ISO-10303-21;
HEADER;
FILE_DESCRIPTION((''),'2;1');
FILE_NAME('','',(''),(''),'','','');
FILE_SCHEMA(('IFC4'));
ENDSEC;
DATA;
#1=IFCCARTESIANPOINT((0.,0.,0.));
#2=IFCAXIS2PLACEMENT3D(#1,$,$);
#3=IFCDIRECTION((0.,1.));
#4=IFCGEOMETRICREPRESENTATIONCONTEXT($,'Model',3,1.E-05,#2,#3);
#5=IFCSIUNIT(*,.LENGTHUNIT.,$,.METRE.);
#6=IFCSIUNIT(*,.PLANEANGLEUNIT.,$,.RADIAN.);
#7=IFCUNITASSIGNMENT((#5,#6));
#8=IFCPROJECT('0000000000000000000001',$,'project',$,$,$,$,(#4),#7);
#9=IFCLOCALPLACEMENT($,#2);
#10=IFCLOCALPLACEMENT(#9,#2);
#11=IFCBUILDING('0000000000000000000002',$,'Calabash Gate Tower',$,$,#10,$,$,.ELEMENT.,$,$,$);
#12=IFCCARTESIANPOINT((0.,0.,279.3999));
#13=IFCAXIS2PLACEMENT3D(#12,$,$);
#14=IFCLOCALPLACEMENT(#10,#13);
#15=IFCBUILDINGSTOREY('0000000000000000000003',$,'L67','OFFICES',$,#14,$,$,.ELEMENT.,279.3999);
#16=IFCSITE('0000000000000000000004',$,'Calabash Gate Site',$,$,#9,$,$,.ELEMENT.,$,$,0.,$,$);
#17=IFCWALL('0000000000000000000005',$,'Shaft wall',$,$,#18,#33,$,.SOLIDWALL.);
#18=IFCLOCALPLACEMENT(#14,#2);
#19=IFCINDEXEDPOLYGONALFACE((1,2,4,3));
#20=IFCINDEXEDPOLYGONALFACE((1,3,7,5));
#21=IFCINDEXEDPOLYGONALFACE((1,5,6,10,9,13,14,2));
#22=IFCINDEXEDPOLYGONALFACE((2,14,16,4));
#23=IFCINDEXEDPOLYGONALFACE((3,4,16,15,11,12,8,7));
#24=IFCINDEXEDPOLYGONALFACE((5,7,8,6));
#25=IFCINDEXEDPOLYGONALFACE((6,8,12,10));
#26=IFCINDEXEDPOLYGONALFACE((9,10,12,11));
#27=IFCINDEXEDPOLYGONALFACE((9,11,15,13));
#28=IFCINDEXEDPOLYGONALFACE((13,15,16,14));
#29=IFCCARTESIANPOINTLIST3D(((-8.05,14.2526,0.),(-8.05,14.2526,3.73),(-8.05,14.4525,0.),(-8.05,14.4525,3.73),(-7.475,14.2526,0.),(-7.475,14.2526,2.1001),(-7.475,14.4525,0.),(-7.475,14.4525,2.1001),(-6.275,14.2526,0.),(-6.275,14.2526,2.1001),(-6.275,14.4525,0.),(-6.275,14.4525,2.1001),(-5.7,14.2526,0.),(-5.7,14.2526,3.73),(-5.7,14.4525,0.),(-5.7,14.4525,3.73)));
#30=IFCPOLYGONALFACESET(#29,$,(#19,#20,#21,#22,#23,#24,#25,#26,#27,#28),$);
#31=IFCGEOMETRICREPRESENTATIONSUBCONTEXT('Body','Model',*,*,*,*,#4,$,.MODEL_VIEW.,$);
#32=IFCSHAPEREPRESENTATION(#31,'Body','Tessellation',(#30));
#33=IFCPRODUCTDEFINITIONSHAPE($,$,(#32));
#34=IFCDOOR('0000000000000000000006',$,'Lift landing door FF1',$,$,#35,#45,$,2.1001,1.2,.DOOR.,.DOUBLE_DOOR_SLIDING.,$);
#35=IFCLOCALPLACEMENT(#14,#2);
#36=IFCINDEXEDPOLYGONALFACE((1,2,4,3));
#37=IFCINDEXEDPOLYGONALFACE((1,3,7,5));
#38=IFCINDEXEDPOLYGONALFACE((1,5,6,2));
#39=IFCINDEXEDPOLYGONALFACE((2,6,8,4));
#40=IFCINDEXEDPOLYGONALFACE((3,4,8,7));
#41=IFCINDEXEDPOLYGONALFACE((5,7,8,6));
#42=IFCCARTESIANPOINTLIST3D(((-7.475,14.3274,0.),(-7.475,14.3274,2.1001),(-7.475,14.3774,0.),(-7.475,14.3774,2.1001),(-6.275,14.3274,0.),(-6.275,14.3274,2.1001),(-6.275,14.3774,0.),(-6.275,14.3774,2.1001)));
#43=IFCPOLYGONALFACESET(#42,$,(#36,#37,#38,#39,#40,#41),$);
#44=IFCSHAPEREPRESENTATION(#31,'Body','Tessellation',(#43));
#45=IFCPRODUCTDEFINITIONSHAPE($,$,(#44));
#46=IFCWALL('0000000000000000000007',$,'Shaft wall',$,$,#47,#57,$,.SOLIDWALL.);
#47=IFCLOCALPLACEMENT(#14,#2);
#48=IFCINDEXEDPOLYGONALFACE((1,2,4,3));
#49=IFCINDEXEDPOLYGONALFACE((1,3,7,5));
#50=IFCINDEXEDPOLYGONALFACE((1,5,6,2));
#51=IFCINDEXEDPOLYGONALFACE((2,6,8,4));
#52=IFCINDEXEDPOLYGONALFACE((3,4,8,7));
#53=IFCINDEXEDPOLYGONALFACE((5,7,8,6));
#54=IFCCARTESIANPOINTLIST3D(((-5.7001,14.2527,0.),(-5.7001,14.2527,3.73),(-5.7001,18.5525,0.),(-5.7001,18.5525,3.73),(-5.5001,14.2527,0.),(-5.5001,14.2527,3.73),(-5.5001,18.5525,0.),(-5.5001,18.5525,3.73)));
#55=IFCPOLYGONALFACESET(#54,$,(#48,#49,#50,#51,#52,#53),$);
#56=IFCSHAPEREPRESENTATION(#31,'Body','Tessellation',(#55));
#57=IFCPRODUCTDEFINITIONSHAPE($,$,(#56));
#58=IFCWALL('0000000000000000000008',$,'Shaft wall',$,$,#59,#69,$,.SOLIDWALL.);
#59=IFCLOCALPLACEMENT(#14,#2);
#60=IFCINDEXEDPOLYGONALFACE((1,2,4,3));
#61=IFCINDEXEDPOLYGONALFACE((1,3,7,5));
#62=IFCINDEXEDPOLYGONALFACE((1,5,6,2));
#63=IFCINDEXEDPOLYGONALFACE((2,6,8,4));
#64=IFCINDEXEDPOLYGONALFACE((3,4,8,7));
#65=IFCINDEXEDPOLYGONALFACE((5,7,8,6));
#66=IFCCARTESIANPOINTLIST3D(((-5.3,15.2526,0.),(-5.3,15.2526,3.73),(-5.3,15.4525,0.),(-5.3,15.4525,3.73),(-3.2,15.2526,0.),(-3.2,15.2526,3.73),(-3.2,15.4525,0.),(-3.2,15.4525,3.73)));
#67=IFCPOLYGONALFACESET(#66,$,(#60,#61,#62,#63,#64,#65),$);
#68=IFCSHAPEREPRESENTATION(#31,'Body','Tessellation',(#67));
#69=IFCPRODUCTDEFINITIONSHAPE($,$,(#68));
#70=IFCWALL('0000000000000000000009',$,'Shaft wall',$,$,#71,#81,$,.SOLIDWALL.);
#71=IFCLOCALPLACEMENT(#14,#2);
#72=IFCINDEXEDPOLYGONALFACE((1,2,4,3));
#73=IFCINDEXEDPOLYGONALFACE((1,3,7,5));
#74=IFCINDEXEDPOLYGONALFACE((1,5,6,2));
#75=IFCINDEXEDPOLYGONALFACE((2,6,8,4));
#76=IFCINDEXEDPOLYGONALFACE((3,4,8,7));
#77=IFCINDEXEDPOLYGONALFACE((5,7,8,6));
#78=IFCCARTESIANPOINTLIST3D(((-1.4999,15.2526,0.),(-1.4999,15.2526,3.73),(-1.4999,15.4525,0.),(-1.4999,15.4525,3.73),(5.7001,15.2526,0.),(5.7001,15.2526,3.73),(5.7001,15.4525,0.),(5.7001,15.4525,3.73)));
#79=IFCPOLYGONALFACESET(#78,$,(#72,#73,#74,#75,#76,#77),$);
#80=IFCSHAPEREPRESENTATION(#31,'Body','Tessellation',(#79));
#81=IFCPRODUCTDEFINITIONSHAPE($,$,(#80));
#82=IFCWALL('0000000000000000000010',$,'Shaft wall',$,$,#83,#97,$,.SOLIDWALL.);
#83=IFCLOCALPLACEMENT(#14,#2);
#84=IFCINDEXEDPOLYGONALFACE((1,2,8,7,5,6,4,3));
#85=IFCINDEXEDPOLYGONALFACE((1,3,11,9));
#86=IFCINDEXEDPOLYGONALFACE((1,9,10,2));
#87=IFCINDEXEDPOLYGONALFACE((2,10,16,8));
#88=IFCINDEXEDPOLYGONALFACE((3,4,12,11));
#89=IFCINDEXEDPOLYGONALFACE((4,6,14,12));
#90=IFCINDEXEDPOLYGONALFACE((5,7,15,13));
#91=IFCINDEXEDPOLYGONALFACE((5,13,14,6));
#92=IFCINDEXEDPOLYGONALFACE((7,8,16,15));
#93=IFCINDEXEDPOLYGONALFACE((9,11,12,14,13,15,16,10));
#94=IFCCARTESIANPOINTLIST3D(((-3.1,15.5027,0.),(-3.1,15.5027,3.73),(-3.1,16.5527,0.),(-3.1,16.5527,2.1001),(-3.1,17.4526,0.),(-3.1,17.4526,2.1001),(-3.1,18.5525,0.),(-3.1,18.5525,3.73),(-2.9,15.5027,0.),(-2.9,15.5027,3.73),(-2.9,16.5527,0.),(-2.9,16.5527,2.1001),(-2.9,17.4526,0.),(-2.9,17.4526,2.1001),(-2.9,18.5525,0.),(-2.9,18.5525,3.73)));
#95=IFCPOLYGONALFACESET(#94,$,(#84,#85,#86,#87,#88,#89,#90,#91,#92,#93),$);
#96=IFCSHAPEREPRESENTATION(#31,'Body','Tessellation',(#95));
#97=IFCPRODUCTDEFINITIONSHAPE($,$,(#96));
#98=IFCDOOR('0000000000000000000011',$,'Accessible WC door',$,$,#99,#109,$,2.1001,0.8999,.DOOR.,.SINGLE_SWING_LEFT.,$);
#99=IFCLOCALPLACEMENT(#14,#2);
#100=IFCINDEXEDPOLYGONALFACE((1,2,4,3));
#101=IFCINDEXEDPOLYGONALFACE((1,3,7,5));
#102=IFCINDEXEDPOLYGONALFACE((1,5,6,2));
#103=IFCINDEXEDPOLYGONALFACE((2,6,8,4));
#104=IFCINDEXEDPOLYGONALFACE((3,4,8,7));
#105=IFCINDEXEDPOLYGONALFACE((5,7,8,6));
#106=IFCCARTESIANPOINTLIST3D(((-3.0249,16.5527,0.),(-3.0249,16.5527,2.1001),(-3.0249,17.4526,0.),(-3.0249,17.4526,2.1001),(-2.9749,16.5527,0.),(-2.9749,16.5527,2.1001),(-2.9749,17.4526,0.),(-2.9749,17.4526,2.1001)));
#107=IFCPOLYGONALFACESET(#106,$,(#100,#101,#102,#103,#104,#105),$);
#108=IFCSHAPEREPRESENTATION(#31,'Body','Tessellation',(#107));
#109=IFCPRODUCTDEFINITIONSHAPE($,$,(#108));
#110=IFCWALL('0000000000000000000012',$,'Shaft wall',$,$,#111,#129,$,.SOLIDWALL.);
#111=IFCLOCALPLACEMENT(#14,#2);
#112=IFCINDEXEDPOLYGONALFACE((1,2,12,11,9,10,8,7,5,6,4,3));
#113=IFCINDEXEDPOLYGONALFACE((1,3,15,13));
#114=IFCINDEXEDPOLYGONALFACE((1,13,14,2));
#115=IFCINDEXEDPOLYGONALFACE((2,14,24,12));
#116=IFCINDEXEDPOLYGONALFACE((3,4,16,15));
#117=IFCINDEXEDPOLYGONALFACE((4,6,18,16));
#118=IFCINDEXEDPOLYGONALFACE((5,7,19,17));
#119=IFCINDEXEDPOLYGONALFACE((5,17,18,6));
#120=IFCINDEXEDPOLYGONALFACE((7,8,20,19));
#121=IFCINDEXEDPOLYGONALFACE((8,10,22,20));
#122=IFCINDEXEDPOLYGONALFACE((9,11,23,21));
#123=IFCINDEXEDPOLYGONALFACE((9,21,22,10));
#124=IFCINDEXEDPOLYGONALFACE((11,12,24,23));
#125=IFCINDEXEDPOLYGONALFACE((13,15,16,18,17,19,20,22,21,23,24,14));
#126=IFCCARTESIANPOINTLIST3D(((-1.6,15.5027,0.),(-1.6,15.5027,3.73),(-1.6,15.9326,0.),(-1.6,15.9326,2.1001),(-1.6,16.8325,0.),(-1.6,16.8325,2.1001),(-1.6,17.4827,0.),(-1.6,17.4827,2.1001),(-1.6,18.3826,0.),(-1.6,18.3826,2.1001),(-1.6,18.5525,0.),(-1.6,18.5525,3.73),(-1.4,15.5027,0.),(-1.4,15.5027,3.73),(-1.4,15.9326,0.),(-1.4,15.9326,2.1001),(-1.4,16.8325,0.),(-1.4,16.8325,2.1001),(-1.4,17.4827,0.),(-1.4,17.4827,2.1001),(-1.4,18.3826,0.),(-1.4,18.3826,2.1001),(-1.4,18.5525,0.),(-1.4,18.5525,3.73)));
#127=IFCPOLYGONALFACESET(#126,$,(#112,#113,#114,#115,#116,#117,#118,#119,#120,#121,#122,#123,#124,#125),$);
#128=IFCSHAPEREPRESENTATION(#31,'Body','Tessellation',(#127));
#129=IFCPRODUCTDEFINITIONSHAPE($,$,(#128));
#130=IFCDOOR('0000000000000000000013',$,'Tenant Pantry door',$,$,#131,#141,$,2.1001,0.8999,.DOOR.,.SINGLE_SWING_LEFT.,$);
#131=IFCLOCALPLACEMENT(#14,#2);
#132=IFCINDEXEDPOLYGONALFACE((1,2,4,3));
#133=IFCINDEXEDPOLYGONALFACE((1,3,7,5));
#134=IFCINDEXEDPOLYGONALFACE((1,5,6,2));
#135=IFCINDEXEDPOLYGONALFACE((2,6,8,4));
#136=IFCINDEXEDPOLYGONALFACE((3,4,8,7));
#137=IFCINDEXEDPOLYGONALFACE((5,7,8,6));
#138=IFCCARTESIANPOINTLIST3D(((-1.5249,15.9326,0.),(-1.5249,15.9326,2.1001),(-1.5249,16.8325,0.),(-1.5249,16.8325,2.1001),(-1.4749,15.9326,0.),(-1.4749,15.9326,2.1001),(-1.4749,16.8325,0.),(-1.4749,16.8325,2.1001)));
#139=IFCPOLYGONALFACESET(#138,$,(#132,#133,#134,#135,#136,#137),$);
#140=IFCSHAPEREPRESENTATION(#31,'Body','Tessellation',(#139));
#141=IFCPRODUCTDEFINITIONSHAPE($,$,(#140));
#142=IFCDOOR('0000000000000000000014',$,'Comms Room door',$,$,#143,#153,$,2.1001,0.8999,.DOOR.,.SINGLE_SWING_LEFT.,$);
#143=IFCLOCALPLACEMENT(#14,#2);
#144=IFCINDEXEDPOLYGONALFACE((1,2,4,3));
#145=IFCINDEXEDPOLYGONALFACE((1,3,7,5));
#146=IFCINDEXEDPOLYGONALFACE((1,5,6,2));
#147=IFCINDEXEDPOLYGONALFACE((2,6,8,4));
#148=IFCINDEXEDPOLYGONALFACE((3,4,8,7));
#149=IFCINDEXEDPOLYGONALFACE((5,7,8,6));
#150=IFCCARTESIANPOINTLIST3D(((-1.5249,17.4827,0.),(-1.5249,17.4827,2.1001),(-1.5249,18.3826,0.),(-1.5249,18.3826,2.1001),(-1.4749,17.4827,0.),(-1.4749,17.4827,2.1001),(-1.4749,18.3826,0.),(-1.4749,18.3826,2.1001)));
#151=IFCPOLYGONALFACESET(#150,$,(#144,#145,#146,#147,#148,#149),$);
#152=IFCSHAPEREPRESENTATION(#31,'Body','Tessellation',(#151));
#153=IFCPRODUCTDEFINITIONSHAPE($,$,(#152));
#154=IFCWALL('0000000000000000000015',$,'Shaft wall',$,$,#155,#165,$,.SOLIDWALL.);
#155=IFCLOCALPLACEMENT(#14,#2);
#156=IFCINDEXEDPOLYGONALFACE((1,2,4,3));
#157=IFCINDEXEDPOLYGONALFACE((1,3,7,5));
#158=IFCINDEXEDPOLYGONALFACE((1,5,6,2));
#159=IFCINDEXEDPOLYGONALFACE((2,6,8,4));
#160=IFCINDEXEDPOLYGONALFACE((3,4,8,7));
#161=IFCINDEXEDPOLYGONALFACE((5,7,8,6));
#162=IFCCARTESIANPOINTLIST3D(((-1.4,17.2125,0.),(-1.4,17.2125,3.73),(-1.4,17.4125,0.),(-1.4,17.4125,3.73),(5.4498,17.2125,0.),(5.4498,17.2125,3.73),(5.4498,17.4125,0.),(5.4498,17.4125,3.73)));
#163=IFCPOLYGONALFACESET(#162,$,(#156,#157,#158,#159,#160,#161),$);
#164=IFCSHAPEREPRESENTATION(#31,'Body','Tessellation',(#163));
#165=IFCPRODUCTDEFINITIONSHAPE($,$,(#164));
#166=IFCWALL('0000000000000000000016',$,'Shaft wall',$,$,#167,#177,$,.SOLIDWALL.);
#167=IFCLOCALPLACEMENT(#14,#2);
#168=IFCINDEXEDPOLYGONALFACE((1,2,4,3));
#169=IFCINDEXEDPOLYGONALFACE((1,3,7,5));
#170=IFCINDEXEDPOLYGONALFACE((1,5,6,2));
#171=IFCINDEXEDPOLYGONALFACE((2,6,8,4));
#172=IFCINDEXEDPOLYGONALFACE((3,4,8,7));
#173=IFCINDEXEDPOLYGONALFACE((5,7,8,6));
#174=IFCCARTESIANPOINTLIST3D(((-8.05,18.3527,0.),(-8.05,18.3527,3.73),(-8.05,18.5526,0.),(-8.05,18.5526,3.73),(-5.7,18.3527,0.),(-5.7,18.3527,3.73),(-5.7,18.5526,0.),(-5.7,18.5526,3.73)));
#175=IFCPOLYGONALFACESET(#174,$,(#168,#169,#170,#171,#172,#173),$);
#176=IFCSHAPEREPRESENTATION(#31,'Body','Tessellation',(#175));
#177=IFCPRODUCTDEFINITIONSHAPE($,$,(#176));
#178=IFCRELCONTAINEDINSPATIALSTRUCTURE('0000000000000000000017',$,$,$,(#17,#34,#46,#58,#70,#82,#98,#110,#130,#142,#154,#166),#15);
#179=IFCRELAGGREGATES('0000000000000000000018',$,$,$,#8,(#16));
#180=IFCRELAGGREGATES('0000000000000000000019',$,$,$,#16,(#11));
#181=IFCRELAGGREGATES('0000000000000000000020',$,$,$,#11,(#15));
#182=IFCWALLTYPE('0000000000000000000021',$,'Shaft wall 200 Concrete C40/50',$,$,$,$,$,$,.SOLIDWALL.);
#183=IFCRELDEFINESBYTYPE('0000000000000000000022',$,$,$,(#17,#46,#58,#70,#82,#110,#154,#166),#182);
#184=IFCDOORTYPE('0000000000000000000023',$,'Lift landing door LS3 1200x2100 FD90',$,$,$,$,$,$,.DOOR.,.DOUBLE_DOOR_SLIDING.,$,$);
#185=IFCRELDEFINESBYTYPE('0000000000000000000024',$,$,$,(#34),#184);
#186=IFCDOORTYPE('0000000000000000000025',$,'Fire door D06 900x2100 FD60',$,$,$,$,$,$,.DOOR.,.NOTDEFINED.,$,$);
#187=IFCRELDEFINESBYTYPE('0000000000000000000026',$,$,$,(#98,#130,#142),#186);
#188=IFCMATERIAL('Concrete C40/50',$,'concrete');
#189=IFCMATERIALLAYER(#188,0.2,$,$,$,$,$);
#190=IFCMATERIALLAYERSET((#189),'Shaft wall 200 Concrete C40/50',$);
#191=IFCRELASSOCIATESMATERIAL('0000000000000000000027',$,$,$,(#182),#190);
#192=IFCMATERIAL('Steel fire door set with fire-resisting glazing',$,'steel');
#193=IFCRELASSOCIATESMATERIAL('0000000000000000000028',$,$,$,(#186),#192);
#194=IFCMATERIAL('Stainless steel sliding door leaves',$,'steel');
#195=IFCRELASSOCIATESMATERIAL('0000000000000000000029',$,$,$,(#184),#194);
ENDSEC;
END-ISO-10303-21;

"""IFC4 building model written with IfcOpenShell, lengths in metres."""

from ifc_helpers import new_model, si_unit, direction, frame, frame_2d, origin, place, context, subcontext, project, spatial, rectangle, extrude, material, layer, layer_set, type_object, element, fill, save


model = new_model("IFC4")

# Units and contexts
model_context = context("Model", 3, precision=1e-05, world=origin(), true_north=direction((0.0, 1.0)))
body_context = subcontext(model_context, "Body", "Model", "MODEL_VIEW")
ifc_project = project(units=[si_unit("LENGTHUNIT", "METRE"), si_unit("PLANEANGLEUNIT", "RADIAN")], contexts=[model_context])

# Site, building, storey
site_placement = place(None, origin())
site = spatial("IfcSite", under=ifc_project, at=site_placement, Name="Calabash Gate Site", CompositionType="ELEMENT", RefElevation=0.0)
building_placement = place(site_placement, origin())
building = spatial("IfcBuilding", under=site, at=building_placement, Name="Calabash Gate Tower", CompositionType="ELEMENT")
storey_placement = place(building_placement, frame((0.0, 0.0, 279.3999)))
storey = spatial("IfcBuildingStorey", under=building, at=storey_placement, Name="L67", Description="OFFICES", CompositionType="ELEMENT", Elevation=279.3999)

# Shared definitions
ifc_material_1 = material(Name="Concrete C40/50", Category="concrete")
ifc_layer_1 = layer(ifc_material_1, 0.2)
ifc_layer_set_1 = layer_set([ifc_layer_1], Name="Shaft wall 200 Concrete C40/50")
wall_type_1 = type_object("IfcWallType", Name="Shaft wall 200 Concrete C40/50", PredefinedType="SOLIDWALL", material=ifc_layer_set_1)
ifc_material_2 = material(Name="Steel fire door set with fire-resisting glazing", Category="steel")
door_type_1 = type_object("IfcDoorType", Name="Fire door D06 900x2100 FD60", OperationType="NOTDEFINED", PredefinedType="DOOR", material=ifc_material_2)

# Wall, opening, door
wall_1_placement = place(storey_placement, frame((-8.05, 14.3525, 0.0), z_axis=(0.0, 0.0, 1.0), x_axis=(1.0, 0.0, 0.0)))
wall_1 = element("IfcWall", 1, at=wall_1_placement, inside=storey, type_object=wall_type_1, Name="Shaft wall", PredefinedType="SOLIDWALL", context=body_context, shape_type="SweptSolid", body=[
    extrude(rectangle(XDim=2.3501, YDim=0.2, at=frame_2d((1.175, 0.0))), origin(), (0.0, 0.0, 1.0), 3.73),
])
opening_1_placement = place(wall_1_placement, frame((0.575, 0.0, 0.0)))
opening_1 = element("IfcOpeningElement", 2, at=opening_1_placement, cuts=wall_1, PredefinedType="OPENING", context=body_context, shape_type="SweptSolid", body=[
    extrude(rectangle(XDim=1.2, YDim=2.1001, at=frame_2d((0.6001, 1.05))), frame((0.0, 0.1099, 0.0), z_axis=(0.0, -1.0, 0.0), x_axis=(1.0, 0.0, 0.0)), (0.0, 0.0, 1.0), 0.22),
])
ifc_material_3 = material(Name="Stainless steel sliding door leaves", Category="steel")
door_type_2 = type_object("IfcDoorType", Name="Lift landing door LS3 1200x2100 FD90", OperationType="DOUBLE_DOOR_SLIDING", PredefinedType="DOOR", material=ifc_material_3)
door_1_placement = place(opening_1_placement, origin())
door_1 = element("IfcDoor", 3, at=door_1_placement, inside=storey, type_object=door_type_2, Name="Lift landing door FF1", OperationType="DOUBLE_DOOR_SLIDING", OverallHeight=2.1001, OverallWidth=1.2, PredefinedType="DOOR", context=body_context, shape_type="SweptSolid", body=[
    extrude(rectangle(XDim=1.2, YDim=2.1001, at=frame_2d((0.6001, 1.05))), frame((0.0, 0.0249, 0.0), z_axis=(0.0, -1.0, 0.0), x_axis=(1.0, 0.0, 0.0)), (0.0, 0.0, 1.0), 0.05),
])
fill(opening_1, door_1)

# Walls
wall_2_placement = place(storey_placement, frame((-5.6001, 14.2527, 0.0), z_axis=(0.0, 0.0, 1.0), x_axis=(0.0, 1.0, 0.0)))
element("IfcWall", 4, at=wall_2_placement, inside=storey, type_object=wall_type_1, Name="Shaft wall", PredefinedType="SOLIDWALL", context=body_context, shape_type="SweptSolid", body=[
    extrude(rectangle(XDim=4.2998, YDim=0.2, at=frame_2d((2.1499, 0.0))), origin(), (0.0, 0.0, 1.0), 3.73),
])
wall_3_placement = place(storey_placement, frame((-5.3, 15.3525, 0.0), z_axis=(0.0, 0.0, 1.0), x_axis=(1.0, 0.0, 0.0)))
element("IfcWall", 5, at=wall_3_placement, inside=storey, type_object=wall_type_1, Name="Shaft wall", PredefinedType="SOLIDWALL", context=body_context, shape_type="SweptSolid", body=[
    extrude(rectangle(XDim=2.1001, YDim=0.2, at=frame_2d((1.05, 0.0))), origin(), (0.0, 0.0, 1.0), 3.73),
])
wall_4_placement = place(storey_placement, frame((-1.5, 15.3525, 0.0), z_axis=(0.0, 0.0, 1.0), x_axis=(1.0, 0.0, 0.0)))
element("IfcWall", 6, at=wall_4_placement, inside=storey, type_object=wall_type_1, Name="Shaft wall", PredefinedType="SOLIDWALL", context=body_context, shape_type="SweptSolid", body=[
    extrude(rectangle(XDim=7.2, YDim=0.2, at=frame_2d((3.6001, 0.0))), origin(), (0.0, 0.0, 1.0), 3.73),
])

# Wall, opening, door
wall_5_placement = place(storey_placement, frame((-3.0, 15.5027, 0.0), z_axis=(0.0, 0.0, 1.0), x_axis=(0.0, 1.0, 0.0)))
wall_5 = element("IfcWall", 7, at=wall_5_placement, inside=storey, type_object=wall_type_1, Name="Shaft wall", PredefinedType="SOLIDWALL", context=body_context, shape_type="SweptSolid", body=[
    extrude(rectangle(XDim=3.0498, YDim=0.2, at=frame_2d((1.5249, 0.0))), origin(), (0.0, 0.0, 1.0), 3.73),
])
opening_2_placement = place(wall_5_placement, frame((1.05, 0.0, 0.0)))
opening_2 = element("IfcOpeningElement", 8, at=opening_2_placement, cuts=wall_5, PredefinedType="OPENING", context=body_context, shape_type="SweptSolid", body=[
    extrude(rectangle(XDim=0.8999, YDim=2.1001, at=frame_2d((0.45, 1.05))), frame((0.0, 0.1099, 0.0), z_axis=(0.0, -1.0, 0.0), x_axis=(1.0, 0.0, 0.0)), (0.0, 0.0, 1.0), 0.22),
])
door_2_placement = place(opening_2_placement, origin())
door_2 = element("IfcDoor", 9, at=door_2_placement, inside=storey, type_object=door_type_1, Name="Accessible WC door", OperationType="SINGLE_SWING_LEFT", OverallHeight=2.1001, OverallWidth=0.8999, PredefinedType="DOOR", context=body_context, shape_type="SweptSolid", body=[
    extrude(rectangle(XDim=0.8999, YDim=2.1001, at=frame_2d((0.45, 1.05))), frame((0.0, 0.0249, 0.0), z_axis=(0.0, -1.0, 0.0), x_axis=(1.0, 0.0, 0.0)), (0.0, 0.0, 1.0), 0.05),
])
fill(opening_2, door_2)

# Wall, openings, doors
wall_6_placement = place(storey_placement, frame((-1.5, 15.5027, 0.0), z_axis=(0.0, 0.0, 1.0), x_axis=(0.0, 1.0, 0.0)))
wall_6 = element("IfcWall", 10, at=wall_6_placement, inside=storey, type_object=wall_type_1, Name="Shaft wall", PredefinedType="SOLIDWALL", context=body_context, shape_type="SweptSolid", body=[
    extrude(rectangle(XDim=3.0498, YDim=0.2, at=frame_2d((1.5249, 0.0))), origin(), (0.0, 0.0, 1.0), 3.73),
])
opening_3_placement = place(wall_6_placement, frame((0.4299, 0.0, 0.0)))
opening_3 = element("IfcOpeningElement", 11, at=opening_3_placement, cuts=wall_6, PredefinedType="OPENING", context=body_context, shape_type="SweptSolid", body=[
    extrude(rectangle(XDim=0.8999, YDim=2.1001, at=frame_2d((0.45, 1.05))), frame((0.0, 0.1099, 0.0), z_axis=(0.0, -1.0, 0.0), x_axis=(1.0, 0.0, 0.0)), (0.0, 0.0, 1.0), 0.22),
])
opening_4_placement = place(wall_6_placement, frame((1.98, 0.0, 0.0)))
opening_4 = element("IfcOpeningElement", 12, at=opening_4_placement, cuts=wall_6, PredefinedType="OPENING", context=body_context, shape_type="SweptSolid", body=[
    extrude(rectangle(XDim=0.8999, YDim=2.1001, at=frame_2d((0.45, 1.05))), frame((0.0, 0.1099, 0.0), z_axis=(0.0, -1.0, 0.0), x_axis=(1.0, 0.0, 0.0)), (0.0, 0.0, 1.0), 0.22),
])
door_3_placement = place(opening_3_placement, origin())
door_3 = element("IfcDoor", 13, at=door_3_placement, inside=storey, type_object=door_type_1, Name="Tenant Pantry door", OperationType="SINGLE_SWING_LEFT", OverallHeight=2.1001, OverallWidth=0.8999, PredefinedType="DOOR", context=body_context, shape_type="SweptSolid", body=[
    extrude(rectangle(XDim=0.8999, YDim=2.1001, at=frame_2d((0.45, 1.05))), frame((0.0, 0.0249, 0.0), z_axis=(0.0, -1.0, 0.0), x_axis=(1.0, 0.0, 0.0)), (0.0, 0.0, 1.0), 0.05),
])
fill(opening_3, door_3)
door_4_placement = place(opening_4_placement, origin())
door_4 = element("IfcDoor", 14, at=door_4_placement, inside=storey, type_object=door_type_1, Name="Comms Room door", OperationType="SINGLE_SWING_LEFT", OverallHeight=2.1001, OverallWidth=0.8999, PredefinedType="DOOR", context=body_context, shape_type="SweptSolid", body=[
    extrude(rectangle(XDim=0.8999, YDim=2.1001, at=frame_2d((0.45, 1.05))), frame((0.0, 0.0249, 0.0), z_axis=(0.0, -1.0, 0.0), x_axis=(1.0, 0.0, 0.0)), (0.0, 0.0, 1.0), 0.05),
])
fill(opening_4, door_4)

# Walls
wall_7_placement = place(storey_placement, frame((-1.3999, 17.3125, 0.0), z_axis=(0.0, 0.0, 1.0), x_axis=(1.0, 0.0, 0.0)))
element("IfcWall", 15, at=wall_7_placement, inside=storey, type_object=wall_type_1, Name="Shaft wall", PredefinedType="SOLIDWALL", context=body_context, shape_type="SweptSolid", body=[
    extrude(rectangle(XDim=6.8499, YDim=0.2, at=frame_2d((3.4248, 0.0))), origin(), (0.0, 0.0, 1.0), 3.73),
])
wall_8_placement = place(storey_placement, frame((-8.05, 18.4526, 0.0), z_axis=(0.0, 0.0, 1.0), x_axis=(1.0, 0.0, 0.0)))
element("IfcWall", 16, at=wall_8_placement, inside=storey, type_object=wall_type_1, Name="Shaft wall", PredefinedType="SOLIDWALL", context=body_context, shape_type="SweptSolid", body=[
    extrude(rectangle(XDim=2.3501, YDim=0.2, at=frame_2d((1.175, 0.0))), origin(), (0.0, 0.0, 1.0), 3.73),
])

save(model, "model.ifc")
